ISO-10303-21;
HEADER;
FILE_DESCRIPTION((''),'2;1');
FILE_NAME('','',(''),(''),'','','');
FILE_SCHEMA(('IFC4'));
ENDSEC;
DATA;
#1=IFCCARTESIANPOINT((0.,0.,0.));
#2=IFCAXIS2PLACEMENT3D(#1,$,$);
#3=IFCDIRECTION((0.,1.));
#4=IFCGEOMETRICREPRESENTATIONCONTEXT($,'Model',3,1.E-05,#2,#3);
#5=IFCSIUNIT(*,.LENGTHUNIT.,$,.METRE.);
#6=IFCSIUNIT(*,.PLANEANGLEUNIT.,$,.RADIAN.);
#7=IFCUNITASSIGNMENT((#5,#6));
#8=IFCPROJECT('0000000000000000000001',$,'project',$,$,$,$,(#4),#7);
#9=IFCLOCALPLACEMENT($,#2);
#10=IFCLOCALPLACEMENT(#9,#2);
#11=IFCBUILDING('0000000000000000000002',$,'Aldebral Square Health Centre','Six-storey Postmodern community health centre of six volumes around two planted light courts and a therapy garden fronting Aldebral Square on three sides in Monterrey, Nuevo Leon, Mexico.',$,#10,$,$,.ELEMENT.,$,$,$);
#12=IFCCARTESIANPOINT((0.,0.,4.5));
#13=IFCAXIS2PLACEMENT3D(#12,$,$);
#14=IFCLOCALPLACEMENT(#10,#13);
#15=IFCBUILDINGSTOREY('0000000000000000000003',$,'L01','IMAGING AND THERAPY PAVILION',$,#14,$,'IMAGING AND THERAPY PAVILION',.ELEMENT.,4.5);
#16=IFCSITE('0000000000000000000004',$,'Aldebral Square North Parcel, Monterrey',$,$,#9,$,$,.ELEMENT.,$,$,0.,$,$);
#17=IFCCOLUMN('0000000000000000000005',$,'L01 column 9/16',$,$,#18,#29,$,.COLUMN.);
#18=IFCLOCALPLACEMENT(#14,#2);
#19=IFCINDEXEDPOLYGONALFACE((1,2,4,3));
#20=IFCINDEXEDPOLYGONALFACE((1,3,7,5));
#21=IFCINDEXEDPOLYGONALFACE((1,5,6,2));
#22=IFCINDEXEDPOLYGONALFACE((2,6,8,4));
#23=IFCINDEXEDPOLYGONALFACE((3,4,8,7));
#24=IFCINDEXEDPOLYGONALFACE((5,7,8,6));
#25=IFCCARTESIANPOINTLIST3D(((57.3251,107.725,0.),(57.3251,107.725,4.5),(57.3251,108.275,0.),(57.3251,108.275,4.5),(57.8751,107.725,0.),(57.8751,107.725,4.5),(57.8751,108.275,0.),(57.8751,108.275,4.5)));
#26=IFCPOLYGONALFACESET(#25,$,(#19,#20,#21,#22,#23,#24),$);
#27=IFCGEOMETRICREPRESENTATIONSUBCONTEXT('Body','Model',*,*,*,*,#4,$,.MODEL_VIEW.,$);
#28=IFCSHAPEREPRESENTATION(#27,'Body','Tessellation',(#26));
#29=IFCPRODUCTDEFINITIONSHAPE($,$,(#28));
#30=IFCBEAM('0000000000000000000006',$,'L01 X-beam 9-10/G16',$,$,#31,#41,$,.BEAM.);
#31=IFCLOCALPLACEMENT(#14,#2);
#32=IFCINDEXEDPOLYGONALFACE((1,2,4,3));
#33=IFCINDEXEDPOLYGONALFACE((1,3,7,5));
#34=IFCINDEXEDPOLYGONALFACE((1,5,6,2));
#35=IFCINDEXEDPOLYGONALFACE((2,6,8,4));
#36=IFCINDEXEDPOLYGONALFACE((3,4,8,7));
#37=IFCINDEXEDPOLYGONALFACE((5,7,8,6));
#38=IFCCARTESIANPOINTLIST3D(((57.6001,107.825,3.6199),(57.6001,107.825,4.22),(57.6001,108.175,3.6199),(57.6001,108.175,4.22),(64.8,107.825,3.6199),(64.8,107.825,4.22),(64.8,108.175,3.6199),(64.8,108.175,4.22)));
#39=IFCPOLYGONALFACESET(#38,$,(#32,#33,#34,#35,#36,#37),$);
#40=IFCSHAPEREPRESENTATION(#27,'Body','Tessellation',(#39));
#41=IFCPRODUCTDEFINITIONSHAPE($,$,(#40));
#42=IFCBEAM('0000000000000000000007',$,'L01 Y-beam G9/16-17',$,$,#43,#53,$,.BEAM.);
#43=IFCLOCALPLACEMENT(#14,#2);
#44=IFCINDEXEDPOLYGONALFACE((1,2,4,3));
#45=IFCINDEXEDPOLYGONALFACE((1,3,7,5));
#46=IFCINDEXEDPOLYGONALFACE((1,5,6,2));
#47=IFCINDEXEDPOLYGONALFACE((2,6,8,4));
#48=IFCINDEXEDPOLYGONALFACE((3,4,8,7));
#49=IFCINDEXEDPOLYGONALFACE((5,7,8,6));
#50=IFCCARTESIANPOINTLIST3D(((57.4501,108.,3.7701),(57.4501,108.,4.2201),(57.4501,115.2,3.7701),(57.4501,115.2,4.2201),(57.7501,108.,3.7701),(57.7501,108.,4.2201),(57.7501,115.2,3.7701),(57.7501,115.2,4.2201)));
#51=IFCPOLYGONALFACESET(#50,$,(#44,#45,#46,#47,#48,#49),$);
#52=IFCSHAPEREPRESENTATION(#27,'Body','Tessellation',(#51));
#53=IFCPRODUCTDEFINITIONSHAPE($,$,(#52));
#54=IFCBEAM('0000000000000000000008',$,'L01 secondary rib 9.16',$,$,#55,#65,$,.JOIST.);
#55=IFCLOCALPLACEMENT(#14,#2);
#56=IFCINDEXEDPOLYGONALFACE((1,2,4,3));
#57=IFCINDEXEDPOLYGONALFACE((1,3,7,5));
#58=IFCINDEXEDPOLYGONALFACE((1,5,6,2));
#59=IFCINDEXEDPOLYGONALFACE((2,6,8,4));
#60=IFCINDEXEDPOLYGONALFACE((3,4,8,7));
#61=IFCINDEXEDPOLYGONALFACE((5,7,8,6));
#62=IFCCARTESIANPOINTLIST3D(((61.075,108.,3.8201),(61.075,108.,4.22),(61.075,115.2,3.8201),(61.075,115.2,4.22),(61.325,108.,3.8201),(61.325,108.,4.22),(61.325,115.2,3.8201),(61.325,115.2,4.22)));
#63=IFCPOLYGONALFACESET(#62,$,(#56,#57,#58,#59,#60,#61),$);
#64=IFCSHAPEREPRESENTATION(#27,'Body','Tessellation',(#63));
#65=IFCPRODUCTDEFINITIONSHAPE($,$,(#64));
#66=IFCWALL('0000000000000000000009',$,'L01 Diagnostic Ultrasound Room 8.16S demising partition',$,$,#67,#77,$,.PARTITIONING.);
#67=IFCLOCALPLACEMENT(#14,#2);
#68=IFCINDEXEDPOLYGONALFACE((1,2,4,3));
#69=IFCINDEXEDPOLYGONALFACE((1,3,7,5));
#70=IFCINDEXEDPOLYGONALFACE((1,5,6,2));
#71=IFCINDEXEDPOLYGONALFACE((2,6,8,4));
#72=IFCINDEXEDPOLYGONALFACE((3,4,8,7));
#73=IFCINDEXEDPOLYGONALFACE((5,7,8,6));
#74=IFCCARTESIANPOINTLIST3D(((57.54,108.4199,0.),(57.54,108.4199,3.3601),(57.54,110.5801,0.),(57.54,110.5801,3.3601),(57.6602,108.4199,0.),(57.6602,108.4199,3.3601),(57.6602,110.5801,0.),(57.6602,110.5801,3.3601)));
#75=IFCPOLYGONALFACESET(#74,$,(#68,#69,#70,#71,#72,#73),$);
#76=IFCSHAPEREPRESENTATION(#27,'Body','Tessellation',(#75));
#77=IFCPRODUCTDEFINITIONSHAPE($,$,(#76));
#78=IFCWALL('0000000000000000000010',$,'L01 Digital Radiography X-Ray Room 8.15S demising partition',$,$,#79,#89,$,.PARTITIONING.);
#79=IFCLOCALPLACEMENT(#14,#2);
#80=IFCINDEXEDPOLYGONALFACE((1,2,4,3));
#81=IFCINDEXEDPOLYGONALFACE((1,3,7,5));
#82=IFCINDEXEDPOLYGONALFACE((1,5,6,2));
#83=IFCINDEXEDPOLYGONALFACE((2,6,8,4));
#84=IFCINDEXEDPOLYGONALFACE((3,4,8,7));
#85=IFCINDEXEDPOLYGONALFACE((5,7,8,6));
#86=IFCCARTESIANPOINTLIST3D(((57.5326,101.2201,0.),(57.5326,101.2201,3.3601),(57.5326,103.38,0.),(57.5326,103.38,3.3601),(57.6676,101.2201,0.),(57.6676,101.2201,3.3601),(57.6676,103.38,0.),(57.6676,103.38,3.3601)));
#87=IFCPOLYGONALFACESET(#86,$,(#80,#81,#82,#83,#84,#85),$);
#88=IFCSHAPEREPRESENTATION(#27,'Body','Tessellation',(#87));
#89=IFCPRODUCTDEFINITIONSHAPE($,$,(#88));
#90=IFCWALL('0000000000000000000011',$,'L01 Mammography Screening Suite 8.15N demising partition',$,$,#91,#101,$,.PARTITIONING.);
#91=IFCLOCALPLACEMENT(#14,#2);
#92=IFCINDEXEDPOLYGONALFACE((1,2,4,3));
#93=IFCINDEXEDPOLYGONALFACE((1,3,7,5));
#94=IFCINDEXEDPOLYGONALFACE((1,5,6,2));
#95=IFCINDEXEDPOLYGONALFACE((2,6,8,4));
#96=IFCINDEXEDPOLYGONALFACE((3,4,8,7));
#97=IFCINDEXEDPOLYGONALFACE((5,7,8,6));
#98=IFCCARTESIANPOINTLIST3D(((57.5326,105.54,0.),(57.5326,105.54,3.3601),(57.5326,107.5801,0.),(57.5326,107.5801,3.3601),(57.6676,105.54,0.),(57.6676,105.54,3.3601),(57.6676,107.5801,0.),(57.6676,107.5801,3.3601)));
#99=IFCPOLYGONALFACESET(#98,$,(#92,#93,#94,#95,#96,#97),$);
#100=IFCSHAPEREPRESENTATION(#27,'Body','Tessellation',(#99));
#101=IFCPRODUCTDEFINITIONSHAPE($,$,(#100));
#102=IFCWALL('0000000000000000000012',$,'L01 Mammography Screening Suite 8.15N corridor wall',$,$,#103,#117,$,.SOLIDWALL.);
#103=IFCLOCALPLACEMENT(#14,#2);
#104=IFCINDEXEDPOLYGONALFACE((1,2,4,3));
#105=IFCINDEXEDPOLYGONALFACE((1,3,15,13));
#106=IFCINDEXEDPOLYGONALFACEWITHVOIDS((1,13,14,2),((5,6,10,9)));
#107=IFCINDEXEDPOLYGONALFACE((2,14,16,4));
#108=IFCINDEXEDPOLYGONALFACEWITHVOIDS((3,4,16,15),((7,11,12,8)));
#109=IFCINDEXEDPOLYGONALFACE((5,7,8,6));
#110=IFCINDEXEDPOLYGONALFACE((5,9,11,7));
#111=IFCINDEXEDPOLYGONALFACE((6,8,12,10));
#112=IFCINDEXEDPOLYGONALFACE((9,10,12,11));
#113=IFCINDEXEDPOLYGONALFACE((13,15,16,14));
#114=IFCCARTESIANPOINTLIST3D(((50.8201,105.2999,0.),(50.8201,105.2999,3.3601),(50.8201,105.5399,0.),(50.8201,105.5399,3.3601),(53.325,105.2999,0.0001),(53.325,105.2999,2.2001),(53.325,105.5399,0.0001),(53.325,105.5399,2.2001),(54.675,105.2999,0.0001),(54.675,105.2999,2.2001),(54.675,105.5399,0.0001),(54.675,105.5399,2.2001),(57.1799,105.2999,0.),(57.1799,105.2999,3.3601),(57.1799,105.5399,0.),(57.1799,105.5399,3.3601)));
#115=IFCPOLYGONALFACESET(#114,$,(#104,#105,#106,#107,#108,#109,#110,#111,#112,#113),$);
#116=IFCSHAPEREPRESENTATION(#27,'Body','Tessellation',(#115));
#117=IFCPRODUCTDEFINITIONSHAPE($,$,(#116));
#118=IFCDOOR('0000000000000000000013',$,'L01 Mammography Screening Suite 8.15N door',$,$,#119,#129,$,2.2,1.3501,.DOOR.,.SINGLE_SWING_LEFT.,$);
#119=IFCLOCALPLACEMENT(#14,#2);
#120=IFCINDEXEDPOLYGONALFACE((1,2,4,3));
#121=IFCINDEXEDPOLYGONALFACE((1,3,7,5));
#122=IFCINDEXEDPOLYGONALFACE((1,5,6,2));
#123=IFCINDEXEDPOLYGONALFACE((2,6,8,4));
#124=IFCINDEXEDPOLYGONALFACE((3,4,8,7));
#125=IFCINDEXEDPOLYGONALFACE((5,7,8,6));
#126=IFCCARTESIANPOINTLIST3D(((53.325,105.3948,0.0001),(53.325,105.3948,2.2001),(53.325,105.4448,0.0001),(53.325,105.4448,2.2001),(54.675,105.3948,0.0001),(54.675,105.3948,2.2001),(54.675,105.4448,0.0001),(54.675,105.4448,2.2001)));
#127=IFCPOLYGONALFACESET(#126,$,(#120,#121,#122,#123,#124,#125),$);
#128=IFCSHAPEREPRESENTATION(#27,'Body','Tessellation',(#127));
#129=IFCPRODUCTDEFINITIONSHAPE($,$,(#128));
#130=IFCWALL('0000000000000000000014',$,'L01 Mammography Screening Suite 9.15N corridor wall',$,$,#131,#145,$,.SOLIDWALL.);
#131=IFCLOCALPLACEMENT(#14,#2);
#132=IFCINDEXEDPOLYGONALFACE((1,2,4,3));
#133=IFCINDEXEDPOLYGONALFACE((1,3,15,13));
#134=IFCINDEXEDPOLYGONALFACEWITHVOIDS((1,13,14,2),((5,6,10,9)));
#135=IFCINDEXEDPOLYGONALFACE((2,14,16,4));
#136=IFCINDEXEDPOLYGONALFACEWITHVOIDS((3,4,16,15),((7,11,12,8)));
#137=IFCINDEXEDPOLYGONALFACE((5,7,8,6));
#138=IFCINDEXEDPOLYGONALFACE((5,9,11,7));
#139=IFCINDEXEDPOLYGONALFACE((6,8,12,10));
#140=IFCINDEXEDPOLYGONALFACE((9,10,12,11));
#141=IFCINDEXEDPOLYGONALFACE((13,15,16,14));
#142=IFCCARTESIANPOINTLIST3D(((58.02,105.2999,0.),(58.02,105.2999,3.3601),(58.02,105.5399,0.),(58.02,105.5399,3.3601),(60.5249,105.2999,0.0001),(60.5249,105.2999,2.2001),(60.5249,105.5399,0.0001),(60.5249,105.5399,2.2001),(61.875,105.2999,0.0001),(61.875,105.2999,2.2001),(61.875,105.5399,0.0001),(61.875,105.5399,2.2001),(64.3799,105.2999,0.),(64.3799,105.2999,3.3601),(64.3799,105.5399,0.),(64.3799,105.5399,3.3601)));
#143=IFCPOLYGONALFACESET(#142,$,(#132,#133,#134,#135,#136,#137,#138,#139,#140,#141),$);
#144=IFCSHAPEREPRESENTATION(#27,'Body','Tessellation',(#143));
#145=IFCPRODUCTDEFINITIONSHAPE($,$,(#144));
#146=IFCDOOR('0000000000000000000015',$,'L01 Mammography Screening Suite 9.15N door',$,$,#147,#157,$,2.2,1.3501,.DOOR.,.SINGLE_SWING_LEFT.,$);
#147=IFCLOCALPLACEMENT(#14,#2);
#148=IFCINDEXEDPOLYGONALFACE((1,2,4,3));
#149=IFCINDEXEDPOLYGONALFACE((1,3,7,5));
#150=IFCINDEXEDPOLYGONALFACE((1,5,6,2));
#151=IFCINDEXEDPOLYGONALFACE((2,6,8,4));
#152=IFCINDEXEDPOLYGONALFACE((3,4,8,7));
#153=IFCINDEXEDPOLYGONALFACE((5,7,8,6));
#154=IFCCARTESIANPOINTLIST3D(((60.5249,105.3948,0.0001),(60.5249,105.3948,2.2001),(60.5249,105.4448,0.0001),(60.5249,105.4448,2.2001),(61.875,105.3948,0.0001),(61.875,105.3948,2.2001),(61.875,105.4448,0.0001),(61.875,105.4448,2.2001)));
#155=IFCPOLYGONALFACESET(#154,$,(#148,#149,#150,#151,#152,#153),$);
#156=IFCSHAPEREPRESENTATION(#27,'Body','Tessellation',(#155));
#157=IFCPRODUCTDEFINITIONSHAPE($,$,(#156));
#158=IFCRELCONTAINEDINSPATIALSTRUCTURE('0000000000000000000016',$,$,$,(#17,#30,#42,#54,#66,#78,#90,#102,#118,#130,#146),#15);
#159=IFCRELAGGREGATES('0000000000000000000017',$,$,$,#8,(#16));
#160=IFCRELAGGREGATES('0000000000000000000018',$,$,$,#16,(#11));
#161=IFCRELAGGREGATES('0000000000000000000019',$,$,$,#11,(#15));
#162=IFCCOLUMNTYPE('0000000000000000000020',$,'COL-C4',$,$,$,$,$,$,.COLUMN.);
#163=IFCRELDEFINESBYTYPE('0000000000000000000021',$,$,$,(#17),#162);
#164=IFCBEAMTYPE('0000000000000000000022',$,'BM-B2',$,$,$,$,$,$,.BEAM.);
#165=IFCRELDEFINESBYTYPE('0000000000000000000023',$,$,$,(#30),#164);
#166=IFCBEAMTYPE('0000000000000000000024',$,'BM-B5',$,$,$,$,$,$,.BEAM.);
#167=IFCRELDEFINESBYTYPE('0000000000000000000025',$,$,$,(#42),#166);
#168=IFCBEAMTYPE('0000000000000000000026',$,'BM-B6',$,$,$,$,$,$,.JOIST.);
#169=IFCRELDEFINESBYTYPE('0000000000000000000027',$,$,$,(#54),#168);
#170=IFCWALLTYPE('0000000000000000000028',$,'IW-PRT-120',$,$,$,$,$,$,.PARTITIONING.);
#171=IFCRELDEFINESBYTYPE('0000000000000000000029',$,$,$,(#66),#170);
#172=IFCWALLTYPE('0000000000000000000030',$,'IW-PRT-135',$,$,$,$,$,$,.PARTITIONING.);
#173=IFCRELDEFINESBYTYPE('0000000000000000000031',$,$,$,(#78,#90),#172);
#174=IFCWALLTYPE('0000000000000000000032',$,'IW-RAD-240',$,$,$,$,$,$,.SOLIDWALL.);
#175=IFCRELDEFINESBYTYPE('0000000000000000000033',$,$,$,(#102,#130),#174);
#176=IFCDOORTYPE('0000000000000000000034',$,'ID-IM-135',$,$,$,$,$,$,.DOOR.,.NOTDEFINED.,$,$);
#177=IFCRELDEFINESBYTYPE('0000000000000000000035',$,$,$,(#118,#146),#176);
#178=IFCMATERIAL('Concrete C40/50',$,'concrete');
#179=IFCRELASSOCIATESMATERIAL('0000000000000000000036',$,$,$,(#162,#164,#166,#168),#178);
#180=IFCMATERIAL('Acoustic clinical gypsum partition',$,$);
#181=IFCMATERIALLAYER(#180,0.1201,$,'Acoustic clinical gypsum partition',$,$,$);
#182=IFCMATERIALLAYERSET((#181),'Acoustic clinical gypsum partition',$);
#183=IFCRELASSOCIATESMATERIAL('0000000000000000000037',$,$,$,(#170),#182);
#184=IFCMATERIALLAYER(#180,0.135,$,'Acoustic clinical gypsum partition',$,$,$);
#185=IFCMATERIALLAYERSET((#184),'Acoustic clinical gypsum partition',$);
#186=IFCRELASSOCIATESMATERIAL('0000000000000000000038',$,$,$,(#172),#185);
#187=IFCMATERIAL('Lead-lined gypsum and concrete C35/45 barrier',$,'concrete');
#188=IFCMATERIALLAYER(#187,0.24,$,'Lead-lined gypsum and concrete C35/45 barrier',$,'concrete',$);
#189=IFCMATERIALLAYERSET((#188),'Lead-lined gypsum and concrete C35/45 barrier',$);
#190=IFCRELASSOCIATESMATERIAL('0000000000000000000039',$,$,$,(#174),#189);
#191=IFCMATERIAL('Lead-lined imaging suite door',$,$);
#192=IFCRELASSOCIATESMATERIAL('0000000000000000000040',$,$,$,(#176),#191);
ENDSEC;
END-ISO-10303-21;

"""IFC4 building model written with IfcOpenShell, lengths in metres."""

from ifc_helpers import new_model, si_unit, direction, frame, frame_2d, origin, origin_2d, place, context, subcontext, project, spatial, rectangle, extrude, material, layer, layer_set, material_profile, profile_set, type_object, element, fill, save


model = new_model("IFC4")

# Units and contexts
model_context = context("Model", 3, precision=1e-05, world=origin(), true_north=direction((0.0, 1.0)))
body_context = subcontext(model_context, "Body", "Model", "MODEL_VIEW")
ifc_project = project(units=[si_unit("LENGTHUNIT", "METRE"), si_unit("PLANEANGLEUNIT", "RADIAN")], contexts=[model_context])

# Site, building, storey
site_placement = place(None, origin())
site = spatial("IfcSite", under=ifc_project, at=site_placement, Name="Aldebral Square North Parcel, Monterrey", CompositionType="ELEMENT", RefElevation=0.0)
building_placement = place(site_placement, origin())
building = spatial("IfcBuilding", under=site, at=building_placement, Name="Aldebral Square Health Centre", Description="Six-storey Postmodern community health centre of six volumes around two planted light courts and a therapy garden fronting Aldebral Square on three sides in Monterrey, Nuevo Leon, Mexico.", CompositionType="ELEMENT")
storey_placement = place(building_placement, frame((0.0, 0.0, 4.5)))
storey = spatial("IfcBuildingStorey", under=building, at=storey_placement, Name="L01", Description="IMAGING AND THERAPY PAVILION", LongName="IMAGING AND THERAPY PAVILION", CompositionType="ELEMENT", Elevation=4.5)

# Column
ifc_material_1 = material(Name="Concrete C40/50", Category="concrete")
ifc_material_profile_1 = material_profile(ifc_material_1, rectangle(XDim=0.55, YDim=0.55, at=origin_2d()), Name="RC 550x550")
ifc_profile_set_1 = profile_set([ifc_material_profile_1], Name="Concrete C40/50")
column_type = type_object("IfcColumnType", Name="COL-C4", PredefinedType="COLUMN", material=ifc_profile_set_1)
column_placement = place(storey_placement, frame((57.6001, 108.0, 0.0), z_axis=(0.0, 0.0, 1.0), x_axis=(1.0, 0.0, 0.0)))
element("IfcColumn", 1, at=column_placement, inside=storey, type_object=column_type, Name="L01 column 9/16", PredefinedType="COLUMN", context=body_context, shape_type="SweptSolid", body=[
    extrude(rectangle(XDim=0.55, YDim=0.55, at=origin_2d()), origin(), (0.0, 0.0, 1.0), 4.5),
])

# Beams
ifc_material_profile_2 = material_profile(ifc_material_1, rectangle(XDim=0.3501, YDim=0.6001, at=origin_2d()), Name="RC 350x600")
ifc_profile_set_2 = profile_set([ifc_material_profile_2], Name="Concrete C40/50")
beam_type_1 = type_object("IfcBeamType", Name="BM-B2", PredefinedType="BEAM", material=ifc_profile_set_2)
beam_1_placement = place(storey_placement, frame((57.6001, 108.0, 3.9199), z_axis=(1.0, 0.0, 0.0), x_axis=(0.0, 1.0, 0.0)))
element("IfcBeam", 2, at=beam_1_placement, inside=storey, type_object=beam_type_1, Name="L01 X-beam 9-10/G16", PredefinedType="BEAM", context=body_context, shape_type="SweptSolid", body=[
    extrude(rectangle(XDim=0.3501, YDim=0.6001, at=origin_2d()), origin(), (0.0, 0.0, 1.0), 7.2),
])
ifc_material_profile_3 = material_profile(ifc_material_1, rectangle(XDim=0.3, YDim=0.45, at=origin_2d()), Name="RC 300x450")
ifc_profile_set_3 = profile_set([ifc_material_profile_3], Name="Concrete C40/50")
beam_type_2 = type_object("IfcBeamType", Name="BM-B5", PredefinedType="BEAM", material=ifc_profile_set_3)
beam_2_placement = place(storey_placement, frame((57.6001, 108.0, 3.9951), z_axis=(0.0, 1.0, 0.0), x_axis=(-1.0, 0.0, 0.0)))
element("IfcBeam", 3, at=beam_2_placement, inside=storey, type_object=beam_type_2, Name="L01 Y-beam G9/16-17", PredefinedType="BEAM", context=body_context, shape_type="SweptSolid", body=[
    extrude(rectangle(XDim=0.3, YDim=0.45, at=origin_2d()), origin(), (0.0, 0.0, 1.0), 7.2),
])
ifc_material_profile_4 = material_profile(ifc_material_1, rectangle(XDim=0.25, YDim=0.3999, at=origin_2d()), Name="RC 250x400")
ifc_profile_set_4 = profile_set([ifc_material_profile_4], Name="Concrete C40/50")
beam_type_3 = type_object("IfcBeamType", Name="BM-B6", PredefinedType="JOIST", material=ifc_profile_set_4)
beam_3_placement = place(storey_placement, frame((61.2, 108.0, 4.02), z_axis=(0.0, 1.0, 0.0), x_axis=(-1.0, 0.0, 0.0)))
element("IfcBeam", 4, at=beam_3_placement, inside=storey, type_object=beam_type_3, Name="L01 secondary rib 9.16", PredefinedType="JOIST", context=body_context, shape_type="SweptSolid", body=[
    extrude(rectangle(XDim=0.25, YDim=0.3999, at=origin_2d()), origin(), (0.0, 0.0, 1.0), 7.2),
])

# Walls
ifc_material_2 = material(Name="Acoustic clinical gypsum partition")
ifc_layer_1 = layer(ifc_material_2, 0.1201, Name="Acoustic clinical gypsum partition")
ifc_layer_set_1 = layer_set([ifc_layer_1], Name="Acoustic clinical gypsum partition")
wall_type_1 = type_object("IfcWallType", Name="IW-PRT-120", PredefinedType="PARTITIONING", material=ifc_layer_set_1)
wall_1_placement = place(storey_placement, frame((57.6001, 108.4199, 0.0), z_axis=(0.0, 0.0, 1.0), x_axis=(0.0, 1.0, 0.0)))
element("IfcWall", 5, at=wall_1_placement, inside=storey, type_object=wall_type_1, Name="L01 Diagnostic Ultrasound Room 8.16S demising partition", PredefinedType="PARTITIONING", context=body_context, shape_type="SweptSolid", body=[
    extrude(rectangle(XDim=2.1602, YDim=0.1201, at=frame_2d((1.0801, 0.0))), origin(), (0.0, 0.0, 1.0), 3.3601),
])
ifc_layer_2 = layer(ifc_material_2, 0.135, Name="Acoustic clinical gypsum partition")
ifc_layer_set_2 = layer_set([ifc_layer_2], Name="Acoustic clinical gypsum partition")
wall_type_2 = type_object("IfcWallType", Name="IW-PRT-135", PredefinedType="PARTITIONING", material=ifc_layer_set_2)
wall_2_placement = place(storey_placement, frame((57.6001, 101.22, 0.0), z_axis=(0.0, 0.0, 1.0), x_axis=(0.0, 1.0, 0.0)))
element("IfcWall", 6, at=wall_2_placement, inside=storey, type_object=wall_type_2, Name="L01 Digital Radiography X-Ray Room 8.15S demising partition", PredefinedType="PARTITIONING", context=body_context, shape_type="SweptSolid", body=[
    extrude(rectangle(XDim=2.1599, YDim=0.135, at=frame_2d((1.0801, 0.0))), origin(), (0.0, 0.0, 1.0), 3.3601),
])
wall_3_placement = place(storey_placement, frame((57.6001, 105.54, 0.0), z_axis=(0.0, 0.0, 1.0), x_axis=(0.0, 1.0, 0.0)))
element("IfcWall", 7, at=wall_3_placement, inside=storey, type_object=wall_type_2, Name="L01 Mammography Screening Suite 8.15N demising partition", PredefinedType="PARTITIONING", context=body_context, shape_type="SweptSolid", body=[
    extrude(rectangle(XDim=2.04, YDim=0.135, at=frame_2d((1.02, 0.0))), origin(), (0.0, 0.0, 1.0), 3.3601),
])

# Walls, openings, doors
ifc_material_3 = material(Name="Lead-lined gypsum and concrete C35/45 barrier", Category="concrete")
ifc_layer_3 = layer(ifc_material_3, 0.24, Name="Lead-lined gypsum and concrete C35/45 barrier", Category="concrete")
ifc_layer_set_3 = layer_set([ifc_layer_3], Name="Lead-lined gypsum and concrete C35/45 barrier")
wall_type_3 = type_object("IfcWallType", Name="IW-RAD-240", PredefinedType="SOLIDWALL", material=ifc_layer_set_3)
wall_4_placement = place(storey_placement, frame((50.8201, 105.4199, 0.0), z_axis=(0.0, 0.0, 1.0), x_axis=(1.0, 0.0, 0.0)))
wall_4 = element("IfcWall", 8, at=wall_4_placement, inside=storey, type_object=wall_type_3, Name="L01 Mammography Screening Suite 8.15N corridor wall", PredefinedType="SOLIDWALL", context=body_context, shape_type="SweptSolid", body=[
    extrude(rectangle(XDim=6.3599, YDim=0.24, at=frame_2d((3.1799, 0.0))), origin(), (0.0, 0.0, 1.0), 3.3601),
])
opening_1_placement = place(wall_4_placement, frame((2.5049, 0.0, 0.0)))
opening_1 = element("IfcOpeningElement", 9, at=opening_1_placement, cuts=wall_4, PredefinedType="OPENING", context=body_context, shape_type="SweptSolid", body=[
    extrude(rectangle(XDim=1.3501, YDim=2.2, at=frame_2d((0.675, 1.1001))), frame((0.0, 0.1299, 0.0), z_axis=(0.0, -1.0, 0.0), x_axis=(1.0, 0.0, 0.0)), (0.0, 0.0, 1.0), 0.26),
])
ifc_material_4 = material(Name="Lead-lined imaging suite door")
door_type_1 = type_object("IfcDoorType", Name="ID-IM-135", OperationType="NOTDEFINED", PredefinedType="DOOR", material=ifc_material_4)
door_1_placement = place(opening_1_placement, origin())
door_1 = element("IfcDoor", 10, at=door_1_placement, inside=storey, type_object=door_type_1, Name="L01 Mammography Screening Suite 8.15N door", OperationType="SINGLE_SWING_LEFT", OverallHeight=2.2, OverallWidth=1.3501, PredefinedType="DOOR", context=body_context, shape_type="SweptSolid", body=[
    extrude(rectangle(XDim=1.3501, YDim=2.2, at=frame_2d((0.675, 1.1001))), frame((0.0, 0.0249, 0.0), z_axis=(0.0, -1.0, 0.0), x_axis=(1.0, 0.0, 0.0)), (0.0, 0.0, 1.0), 0.05),
])
fill(opening_1, door_1)
wall_5_placement = place(storey_placement, frame((58.02, 105.4199, 0.0), z_axis=(0.0, 0.0, 1.0), x_axis=(1.0, 0.0, 0.0)))
wall_5 = element("IfcWall", 11, at=wall_5_placement, inside=storey, type_object=wall_type_3, Name="L01 Mammography Screening Suite 9.15N corridor wall", PredefinedType="SOLIDWALL", context=body_context, shape_type="SweptSolid", body=[
    extrude(rectangle(XDim=6.3599, YDim=0.24, at=frame_2d((3.1799, 0.0))), origin(), (0.0, 0.0, 1.0), 3.3601),
])
opening_2_placement = place(wall_5_placement, frame((2.5049, 0.0, 0.0)))
opening_2 = element("IfcOpeningElement", 12, at=opening_2_placement, cuts=wall_5, PredefinedType="OPENING", context=body_context, shape_type="SweptSolid", body=[
    extrude(rectangle(XDim=1.3501, YDim=2.2, at=frame_2d((0.675, 1.1001))), frame((0.0, 0.1299, 0.0), z_axis=(0.0, -1.0, 0.0), x_axis=(1.0, 0.0, 0.0)), (0.0, 0.0, 1.0), 0.26),
])
door_2_placement = place(opening_2_placement, origin())
door_2 = element("IfcDoor", 13, at=door_2_placement, inside=storey, type_object=door_type_1, Name="L01 Mammography Screening Suite 9.15N door", OperationType="SINGLE_SWING_LEFT", OverallHeight=2.2, OverallWidth=1.3501, PredefinedType="DOOR", context=body_context, shape_type="SweptSolid", body=[
    extrude(rectangle(XDim=1.3501, YDim=2.2, at=frame_2d((0.675, 1.1001))), frame((0.0, 0.0249, 0.0), z_axis=(0.0, -1.0, 0.0), x_axis=(1.0, 0.0, 0.0)), (0.0, 0.0, 1.0), 0.05),
])
fill(opening_2, door_2)

save(model, "model.ifc")
